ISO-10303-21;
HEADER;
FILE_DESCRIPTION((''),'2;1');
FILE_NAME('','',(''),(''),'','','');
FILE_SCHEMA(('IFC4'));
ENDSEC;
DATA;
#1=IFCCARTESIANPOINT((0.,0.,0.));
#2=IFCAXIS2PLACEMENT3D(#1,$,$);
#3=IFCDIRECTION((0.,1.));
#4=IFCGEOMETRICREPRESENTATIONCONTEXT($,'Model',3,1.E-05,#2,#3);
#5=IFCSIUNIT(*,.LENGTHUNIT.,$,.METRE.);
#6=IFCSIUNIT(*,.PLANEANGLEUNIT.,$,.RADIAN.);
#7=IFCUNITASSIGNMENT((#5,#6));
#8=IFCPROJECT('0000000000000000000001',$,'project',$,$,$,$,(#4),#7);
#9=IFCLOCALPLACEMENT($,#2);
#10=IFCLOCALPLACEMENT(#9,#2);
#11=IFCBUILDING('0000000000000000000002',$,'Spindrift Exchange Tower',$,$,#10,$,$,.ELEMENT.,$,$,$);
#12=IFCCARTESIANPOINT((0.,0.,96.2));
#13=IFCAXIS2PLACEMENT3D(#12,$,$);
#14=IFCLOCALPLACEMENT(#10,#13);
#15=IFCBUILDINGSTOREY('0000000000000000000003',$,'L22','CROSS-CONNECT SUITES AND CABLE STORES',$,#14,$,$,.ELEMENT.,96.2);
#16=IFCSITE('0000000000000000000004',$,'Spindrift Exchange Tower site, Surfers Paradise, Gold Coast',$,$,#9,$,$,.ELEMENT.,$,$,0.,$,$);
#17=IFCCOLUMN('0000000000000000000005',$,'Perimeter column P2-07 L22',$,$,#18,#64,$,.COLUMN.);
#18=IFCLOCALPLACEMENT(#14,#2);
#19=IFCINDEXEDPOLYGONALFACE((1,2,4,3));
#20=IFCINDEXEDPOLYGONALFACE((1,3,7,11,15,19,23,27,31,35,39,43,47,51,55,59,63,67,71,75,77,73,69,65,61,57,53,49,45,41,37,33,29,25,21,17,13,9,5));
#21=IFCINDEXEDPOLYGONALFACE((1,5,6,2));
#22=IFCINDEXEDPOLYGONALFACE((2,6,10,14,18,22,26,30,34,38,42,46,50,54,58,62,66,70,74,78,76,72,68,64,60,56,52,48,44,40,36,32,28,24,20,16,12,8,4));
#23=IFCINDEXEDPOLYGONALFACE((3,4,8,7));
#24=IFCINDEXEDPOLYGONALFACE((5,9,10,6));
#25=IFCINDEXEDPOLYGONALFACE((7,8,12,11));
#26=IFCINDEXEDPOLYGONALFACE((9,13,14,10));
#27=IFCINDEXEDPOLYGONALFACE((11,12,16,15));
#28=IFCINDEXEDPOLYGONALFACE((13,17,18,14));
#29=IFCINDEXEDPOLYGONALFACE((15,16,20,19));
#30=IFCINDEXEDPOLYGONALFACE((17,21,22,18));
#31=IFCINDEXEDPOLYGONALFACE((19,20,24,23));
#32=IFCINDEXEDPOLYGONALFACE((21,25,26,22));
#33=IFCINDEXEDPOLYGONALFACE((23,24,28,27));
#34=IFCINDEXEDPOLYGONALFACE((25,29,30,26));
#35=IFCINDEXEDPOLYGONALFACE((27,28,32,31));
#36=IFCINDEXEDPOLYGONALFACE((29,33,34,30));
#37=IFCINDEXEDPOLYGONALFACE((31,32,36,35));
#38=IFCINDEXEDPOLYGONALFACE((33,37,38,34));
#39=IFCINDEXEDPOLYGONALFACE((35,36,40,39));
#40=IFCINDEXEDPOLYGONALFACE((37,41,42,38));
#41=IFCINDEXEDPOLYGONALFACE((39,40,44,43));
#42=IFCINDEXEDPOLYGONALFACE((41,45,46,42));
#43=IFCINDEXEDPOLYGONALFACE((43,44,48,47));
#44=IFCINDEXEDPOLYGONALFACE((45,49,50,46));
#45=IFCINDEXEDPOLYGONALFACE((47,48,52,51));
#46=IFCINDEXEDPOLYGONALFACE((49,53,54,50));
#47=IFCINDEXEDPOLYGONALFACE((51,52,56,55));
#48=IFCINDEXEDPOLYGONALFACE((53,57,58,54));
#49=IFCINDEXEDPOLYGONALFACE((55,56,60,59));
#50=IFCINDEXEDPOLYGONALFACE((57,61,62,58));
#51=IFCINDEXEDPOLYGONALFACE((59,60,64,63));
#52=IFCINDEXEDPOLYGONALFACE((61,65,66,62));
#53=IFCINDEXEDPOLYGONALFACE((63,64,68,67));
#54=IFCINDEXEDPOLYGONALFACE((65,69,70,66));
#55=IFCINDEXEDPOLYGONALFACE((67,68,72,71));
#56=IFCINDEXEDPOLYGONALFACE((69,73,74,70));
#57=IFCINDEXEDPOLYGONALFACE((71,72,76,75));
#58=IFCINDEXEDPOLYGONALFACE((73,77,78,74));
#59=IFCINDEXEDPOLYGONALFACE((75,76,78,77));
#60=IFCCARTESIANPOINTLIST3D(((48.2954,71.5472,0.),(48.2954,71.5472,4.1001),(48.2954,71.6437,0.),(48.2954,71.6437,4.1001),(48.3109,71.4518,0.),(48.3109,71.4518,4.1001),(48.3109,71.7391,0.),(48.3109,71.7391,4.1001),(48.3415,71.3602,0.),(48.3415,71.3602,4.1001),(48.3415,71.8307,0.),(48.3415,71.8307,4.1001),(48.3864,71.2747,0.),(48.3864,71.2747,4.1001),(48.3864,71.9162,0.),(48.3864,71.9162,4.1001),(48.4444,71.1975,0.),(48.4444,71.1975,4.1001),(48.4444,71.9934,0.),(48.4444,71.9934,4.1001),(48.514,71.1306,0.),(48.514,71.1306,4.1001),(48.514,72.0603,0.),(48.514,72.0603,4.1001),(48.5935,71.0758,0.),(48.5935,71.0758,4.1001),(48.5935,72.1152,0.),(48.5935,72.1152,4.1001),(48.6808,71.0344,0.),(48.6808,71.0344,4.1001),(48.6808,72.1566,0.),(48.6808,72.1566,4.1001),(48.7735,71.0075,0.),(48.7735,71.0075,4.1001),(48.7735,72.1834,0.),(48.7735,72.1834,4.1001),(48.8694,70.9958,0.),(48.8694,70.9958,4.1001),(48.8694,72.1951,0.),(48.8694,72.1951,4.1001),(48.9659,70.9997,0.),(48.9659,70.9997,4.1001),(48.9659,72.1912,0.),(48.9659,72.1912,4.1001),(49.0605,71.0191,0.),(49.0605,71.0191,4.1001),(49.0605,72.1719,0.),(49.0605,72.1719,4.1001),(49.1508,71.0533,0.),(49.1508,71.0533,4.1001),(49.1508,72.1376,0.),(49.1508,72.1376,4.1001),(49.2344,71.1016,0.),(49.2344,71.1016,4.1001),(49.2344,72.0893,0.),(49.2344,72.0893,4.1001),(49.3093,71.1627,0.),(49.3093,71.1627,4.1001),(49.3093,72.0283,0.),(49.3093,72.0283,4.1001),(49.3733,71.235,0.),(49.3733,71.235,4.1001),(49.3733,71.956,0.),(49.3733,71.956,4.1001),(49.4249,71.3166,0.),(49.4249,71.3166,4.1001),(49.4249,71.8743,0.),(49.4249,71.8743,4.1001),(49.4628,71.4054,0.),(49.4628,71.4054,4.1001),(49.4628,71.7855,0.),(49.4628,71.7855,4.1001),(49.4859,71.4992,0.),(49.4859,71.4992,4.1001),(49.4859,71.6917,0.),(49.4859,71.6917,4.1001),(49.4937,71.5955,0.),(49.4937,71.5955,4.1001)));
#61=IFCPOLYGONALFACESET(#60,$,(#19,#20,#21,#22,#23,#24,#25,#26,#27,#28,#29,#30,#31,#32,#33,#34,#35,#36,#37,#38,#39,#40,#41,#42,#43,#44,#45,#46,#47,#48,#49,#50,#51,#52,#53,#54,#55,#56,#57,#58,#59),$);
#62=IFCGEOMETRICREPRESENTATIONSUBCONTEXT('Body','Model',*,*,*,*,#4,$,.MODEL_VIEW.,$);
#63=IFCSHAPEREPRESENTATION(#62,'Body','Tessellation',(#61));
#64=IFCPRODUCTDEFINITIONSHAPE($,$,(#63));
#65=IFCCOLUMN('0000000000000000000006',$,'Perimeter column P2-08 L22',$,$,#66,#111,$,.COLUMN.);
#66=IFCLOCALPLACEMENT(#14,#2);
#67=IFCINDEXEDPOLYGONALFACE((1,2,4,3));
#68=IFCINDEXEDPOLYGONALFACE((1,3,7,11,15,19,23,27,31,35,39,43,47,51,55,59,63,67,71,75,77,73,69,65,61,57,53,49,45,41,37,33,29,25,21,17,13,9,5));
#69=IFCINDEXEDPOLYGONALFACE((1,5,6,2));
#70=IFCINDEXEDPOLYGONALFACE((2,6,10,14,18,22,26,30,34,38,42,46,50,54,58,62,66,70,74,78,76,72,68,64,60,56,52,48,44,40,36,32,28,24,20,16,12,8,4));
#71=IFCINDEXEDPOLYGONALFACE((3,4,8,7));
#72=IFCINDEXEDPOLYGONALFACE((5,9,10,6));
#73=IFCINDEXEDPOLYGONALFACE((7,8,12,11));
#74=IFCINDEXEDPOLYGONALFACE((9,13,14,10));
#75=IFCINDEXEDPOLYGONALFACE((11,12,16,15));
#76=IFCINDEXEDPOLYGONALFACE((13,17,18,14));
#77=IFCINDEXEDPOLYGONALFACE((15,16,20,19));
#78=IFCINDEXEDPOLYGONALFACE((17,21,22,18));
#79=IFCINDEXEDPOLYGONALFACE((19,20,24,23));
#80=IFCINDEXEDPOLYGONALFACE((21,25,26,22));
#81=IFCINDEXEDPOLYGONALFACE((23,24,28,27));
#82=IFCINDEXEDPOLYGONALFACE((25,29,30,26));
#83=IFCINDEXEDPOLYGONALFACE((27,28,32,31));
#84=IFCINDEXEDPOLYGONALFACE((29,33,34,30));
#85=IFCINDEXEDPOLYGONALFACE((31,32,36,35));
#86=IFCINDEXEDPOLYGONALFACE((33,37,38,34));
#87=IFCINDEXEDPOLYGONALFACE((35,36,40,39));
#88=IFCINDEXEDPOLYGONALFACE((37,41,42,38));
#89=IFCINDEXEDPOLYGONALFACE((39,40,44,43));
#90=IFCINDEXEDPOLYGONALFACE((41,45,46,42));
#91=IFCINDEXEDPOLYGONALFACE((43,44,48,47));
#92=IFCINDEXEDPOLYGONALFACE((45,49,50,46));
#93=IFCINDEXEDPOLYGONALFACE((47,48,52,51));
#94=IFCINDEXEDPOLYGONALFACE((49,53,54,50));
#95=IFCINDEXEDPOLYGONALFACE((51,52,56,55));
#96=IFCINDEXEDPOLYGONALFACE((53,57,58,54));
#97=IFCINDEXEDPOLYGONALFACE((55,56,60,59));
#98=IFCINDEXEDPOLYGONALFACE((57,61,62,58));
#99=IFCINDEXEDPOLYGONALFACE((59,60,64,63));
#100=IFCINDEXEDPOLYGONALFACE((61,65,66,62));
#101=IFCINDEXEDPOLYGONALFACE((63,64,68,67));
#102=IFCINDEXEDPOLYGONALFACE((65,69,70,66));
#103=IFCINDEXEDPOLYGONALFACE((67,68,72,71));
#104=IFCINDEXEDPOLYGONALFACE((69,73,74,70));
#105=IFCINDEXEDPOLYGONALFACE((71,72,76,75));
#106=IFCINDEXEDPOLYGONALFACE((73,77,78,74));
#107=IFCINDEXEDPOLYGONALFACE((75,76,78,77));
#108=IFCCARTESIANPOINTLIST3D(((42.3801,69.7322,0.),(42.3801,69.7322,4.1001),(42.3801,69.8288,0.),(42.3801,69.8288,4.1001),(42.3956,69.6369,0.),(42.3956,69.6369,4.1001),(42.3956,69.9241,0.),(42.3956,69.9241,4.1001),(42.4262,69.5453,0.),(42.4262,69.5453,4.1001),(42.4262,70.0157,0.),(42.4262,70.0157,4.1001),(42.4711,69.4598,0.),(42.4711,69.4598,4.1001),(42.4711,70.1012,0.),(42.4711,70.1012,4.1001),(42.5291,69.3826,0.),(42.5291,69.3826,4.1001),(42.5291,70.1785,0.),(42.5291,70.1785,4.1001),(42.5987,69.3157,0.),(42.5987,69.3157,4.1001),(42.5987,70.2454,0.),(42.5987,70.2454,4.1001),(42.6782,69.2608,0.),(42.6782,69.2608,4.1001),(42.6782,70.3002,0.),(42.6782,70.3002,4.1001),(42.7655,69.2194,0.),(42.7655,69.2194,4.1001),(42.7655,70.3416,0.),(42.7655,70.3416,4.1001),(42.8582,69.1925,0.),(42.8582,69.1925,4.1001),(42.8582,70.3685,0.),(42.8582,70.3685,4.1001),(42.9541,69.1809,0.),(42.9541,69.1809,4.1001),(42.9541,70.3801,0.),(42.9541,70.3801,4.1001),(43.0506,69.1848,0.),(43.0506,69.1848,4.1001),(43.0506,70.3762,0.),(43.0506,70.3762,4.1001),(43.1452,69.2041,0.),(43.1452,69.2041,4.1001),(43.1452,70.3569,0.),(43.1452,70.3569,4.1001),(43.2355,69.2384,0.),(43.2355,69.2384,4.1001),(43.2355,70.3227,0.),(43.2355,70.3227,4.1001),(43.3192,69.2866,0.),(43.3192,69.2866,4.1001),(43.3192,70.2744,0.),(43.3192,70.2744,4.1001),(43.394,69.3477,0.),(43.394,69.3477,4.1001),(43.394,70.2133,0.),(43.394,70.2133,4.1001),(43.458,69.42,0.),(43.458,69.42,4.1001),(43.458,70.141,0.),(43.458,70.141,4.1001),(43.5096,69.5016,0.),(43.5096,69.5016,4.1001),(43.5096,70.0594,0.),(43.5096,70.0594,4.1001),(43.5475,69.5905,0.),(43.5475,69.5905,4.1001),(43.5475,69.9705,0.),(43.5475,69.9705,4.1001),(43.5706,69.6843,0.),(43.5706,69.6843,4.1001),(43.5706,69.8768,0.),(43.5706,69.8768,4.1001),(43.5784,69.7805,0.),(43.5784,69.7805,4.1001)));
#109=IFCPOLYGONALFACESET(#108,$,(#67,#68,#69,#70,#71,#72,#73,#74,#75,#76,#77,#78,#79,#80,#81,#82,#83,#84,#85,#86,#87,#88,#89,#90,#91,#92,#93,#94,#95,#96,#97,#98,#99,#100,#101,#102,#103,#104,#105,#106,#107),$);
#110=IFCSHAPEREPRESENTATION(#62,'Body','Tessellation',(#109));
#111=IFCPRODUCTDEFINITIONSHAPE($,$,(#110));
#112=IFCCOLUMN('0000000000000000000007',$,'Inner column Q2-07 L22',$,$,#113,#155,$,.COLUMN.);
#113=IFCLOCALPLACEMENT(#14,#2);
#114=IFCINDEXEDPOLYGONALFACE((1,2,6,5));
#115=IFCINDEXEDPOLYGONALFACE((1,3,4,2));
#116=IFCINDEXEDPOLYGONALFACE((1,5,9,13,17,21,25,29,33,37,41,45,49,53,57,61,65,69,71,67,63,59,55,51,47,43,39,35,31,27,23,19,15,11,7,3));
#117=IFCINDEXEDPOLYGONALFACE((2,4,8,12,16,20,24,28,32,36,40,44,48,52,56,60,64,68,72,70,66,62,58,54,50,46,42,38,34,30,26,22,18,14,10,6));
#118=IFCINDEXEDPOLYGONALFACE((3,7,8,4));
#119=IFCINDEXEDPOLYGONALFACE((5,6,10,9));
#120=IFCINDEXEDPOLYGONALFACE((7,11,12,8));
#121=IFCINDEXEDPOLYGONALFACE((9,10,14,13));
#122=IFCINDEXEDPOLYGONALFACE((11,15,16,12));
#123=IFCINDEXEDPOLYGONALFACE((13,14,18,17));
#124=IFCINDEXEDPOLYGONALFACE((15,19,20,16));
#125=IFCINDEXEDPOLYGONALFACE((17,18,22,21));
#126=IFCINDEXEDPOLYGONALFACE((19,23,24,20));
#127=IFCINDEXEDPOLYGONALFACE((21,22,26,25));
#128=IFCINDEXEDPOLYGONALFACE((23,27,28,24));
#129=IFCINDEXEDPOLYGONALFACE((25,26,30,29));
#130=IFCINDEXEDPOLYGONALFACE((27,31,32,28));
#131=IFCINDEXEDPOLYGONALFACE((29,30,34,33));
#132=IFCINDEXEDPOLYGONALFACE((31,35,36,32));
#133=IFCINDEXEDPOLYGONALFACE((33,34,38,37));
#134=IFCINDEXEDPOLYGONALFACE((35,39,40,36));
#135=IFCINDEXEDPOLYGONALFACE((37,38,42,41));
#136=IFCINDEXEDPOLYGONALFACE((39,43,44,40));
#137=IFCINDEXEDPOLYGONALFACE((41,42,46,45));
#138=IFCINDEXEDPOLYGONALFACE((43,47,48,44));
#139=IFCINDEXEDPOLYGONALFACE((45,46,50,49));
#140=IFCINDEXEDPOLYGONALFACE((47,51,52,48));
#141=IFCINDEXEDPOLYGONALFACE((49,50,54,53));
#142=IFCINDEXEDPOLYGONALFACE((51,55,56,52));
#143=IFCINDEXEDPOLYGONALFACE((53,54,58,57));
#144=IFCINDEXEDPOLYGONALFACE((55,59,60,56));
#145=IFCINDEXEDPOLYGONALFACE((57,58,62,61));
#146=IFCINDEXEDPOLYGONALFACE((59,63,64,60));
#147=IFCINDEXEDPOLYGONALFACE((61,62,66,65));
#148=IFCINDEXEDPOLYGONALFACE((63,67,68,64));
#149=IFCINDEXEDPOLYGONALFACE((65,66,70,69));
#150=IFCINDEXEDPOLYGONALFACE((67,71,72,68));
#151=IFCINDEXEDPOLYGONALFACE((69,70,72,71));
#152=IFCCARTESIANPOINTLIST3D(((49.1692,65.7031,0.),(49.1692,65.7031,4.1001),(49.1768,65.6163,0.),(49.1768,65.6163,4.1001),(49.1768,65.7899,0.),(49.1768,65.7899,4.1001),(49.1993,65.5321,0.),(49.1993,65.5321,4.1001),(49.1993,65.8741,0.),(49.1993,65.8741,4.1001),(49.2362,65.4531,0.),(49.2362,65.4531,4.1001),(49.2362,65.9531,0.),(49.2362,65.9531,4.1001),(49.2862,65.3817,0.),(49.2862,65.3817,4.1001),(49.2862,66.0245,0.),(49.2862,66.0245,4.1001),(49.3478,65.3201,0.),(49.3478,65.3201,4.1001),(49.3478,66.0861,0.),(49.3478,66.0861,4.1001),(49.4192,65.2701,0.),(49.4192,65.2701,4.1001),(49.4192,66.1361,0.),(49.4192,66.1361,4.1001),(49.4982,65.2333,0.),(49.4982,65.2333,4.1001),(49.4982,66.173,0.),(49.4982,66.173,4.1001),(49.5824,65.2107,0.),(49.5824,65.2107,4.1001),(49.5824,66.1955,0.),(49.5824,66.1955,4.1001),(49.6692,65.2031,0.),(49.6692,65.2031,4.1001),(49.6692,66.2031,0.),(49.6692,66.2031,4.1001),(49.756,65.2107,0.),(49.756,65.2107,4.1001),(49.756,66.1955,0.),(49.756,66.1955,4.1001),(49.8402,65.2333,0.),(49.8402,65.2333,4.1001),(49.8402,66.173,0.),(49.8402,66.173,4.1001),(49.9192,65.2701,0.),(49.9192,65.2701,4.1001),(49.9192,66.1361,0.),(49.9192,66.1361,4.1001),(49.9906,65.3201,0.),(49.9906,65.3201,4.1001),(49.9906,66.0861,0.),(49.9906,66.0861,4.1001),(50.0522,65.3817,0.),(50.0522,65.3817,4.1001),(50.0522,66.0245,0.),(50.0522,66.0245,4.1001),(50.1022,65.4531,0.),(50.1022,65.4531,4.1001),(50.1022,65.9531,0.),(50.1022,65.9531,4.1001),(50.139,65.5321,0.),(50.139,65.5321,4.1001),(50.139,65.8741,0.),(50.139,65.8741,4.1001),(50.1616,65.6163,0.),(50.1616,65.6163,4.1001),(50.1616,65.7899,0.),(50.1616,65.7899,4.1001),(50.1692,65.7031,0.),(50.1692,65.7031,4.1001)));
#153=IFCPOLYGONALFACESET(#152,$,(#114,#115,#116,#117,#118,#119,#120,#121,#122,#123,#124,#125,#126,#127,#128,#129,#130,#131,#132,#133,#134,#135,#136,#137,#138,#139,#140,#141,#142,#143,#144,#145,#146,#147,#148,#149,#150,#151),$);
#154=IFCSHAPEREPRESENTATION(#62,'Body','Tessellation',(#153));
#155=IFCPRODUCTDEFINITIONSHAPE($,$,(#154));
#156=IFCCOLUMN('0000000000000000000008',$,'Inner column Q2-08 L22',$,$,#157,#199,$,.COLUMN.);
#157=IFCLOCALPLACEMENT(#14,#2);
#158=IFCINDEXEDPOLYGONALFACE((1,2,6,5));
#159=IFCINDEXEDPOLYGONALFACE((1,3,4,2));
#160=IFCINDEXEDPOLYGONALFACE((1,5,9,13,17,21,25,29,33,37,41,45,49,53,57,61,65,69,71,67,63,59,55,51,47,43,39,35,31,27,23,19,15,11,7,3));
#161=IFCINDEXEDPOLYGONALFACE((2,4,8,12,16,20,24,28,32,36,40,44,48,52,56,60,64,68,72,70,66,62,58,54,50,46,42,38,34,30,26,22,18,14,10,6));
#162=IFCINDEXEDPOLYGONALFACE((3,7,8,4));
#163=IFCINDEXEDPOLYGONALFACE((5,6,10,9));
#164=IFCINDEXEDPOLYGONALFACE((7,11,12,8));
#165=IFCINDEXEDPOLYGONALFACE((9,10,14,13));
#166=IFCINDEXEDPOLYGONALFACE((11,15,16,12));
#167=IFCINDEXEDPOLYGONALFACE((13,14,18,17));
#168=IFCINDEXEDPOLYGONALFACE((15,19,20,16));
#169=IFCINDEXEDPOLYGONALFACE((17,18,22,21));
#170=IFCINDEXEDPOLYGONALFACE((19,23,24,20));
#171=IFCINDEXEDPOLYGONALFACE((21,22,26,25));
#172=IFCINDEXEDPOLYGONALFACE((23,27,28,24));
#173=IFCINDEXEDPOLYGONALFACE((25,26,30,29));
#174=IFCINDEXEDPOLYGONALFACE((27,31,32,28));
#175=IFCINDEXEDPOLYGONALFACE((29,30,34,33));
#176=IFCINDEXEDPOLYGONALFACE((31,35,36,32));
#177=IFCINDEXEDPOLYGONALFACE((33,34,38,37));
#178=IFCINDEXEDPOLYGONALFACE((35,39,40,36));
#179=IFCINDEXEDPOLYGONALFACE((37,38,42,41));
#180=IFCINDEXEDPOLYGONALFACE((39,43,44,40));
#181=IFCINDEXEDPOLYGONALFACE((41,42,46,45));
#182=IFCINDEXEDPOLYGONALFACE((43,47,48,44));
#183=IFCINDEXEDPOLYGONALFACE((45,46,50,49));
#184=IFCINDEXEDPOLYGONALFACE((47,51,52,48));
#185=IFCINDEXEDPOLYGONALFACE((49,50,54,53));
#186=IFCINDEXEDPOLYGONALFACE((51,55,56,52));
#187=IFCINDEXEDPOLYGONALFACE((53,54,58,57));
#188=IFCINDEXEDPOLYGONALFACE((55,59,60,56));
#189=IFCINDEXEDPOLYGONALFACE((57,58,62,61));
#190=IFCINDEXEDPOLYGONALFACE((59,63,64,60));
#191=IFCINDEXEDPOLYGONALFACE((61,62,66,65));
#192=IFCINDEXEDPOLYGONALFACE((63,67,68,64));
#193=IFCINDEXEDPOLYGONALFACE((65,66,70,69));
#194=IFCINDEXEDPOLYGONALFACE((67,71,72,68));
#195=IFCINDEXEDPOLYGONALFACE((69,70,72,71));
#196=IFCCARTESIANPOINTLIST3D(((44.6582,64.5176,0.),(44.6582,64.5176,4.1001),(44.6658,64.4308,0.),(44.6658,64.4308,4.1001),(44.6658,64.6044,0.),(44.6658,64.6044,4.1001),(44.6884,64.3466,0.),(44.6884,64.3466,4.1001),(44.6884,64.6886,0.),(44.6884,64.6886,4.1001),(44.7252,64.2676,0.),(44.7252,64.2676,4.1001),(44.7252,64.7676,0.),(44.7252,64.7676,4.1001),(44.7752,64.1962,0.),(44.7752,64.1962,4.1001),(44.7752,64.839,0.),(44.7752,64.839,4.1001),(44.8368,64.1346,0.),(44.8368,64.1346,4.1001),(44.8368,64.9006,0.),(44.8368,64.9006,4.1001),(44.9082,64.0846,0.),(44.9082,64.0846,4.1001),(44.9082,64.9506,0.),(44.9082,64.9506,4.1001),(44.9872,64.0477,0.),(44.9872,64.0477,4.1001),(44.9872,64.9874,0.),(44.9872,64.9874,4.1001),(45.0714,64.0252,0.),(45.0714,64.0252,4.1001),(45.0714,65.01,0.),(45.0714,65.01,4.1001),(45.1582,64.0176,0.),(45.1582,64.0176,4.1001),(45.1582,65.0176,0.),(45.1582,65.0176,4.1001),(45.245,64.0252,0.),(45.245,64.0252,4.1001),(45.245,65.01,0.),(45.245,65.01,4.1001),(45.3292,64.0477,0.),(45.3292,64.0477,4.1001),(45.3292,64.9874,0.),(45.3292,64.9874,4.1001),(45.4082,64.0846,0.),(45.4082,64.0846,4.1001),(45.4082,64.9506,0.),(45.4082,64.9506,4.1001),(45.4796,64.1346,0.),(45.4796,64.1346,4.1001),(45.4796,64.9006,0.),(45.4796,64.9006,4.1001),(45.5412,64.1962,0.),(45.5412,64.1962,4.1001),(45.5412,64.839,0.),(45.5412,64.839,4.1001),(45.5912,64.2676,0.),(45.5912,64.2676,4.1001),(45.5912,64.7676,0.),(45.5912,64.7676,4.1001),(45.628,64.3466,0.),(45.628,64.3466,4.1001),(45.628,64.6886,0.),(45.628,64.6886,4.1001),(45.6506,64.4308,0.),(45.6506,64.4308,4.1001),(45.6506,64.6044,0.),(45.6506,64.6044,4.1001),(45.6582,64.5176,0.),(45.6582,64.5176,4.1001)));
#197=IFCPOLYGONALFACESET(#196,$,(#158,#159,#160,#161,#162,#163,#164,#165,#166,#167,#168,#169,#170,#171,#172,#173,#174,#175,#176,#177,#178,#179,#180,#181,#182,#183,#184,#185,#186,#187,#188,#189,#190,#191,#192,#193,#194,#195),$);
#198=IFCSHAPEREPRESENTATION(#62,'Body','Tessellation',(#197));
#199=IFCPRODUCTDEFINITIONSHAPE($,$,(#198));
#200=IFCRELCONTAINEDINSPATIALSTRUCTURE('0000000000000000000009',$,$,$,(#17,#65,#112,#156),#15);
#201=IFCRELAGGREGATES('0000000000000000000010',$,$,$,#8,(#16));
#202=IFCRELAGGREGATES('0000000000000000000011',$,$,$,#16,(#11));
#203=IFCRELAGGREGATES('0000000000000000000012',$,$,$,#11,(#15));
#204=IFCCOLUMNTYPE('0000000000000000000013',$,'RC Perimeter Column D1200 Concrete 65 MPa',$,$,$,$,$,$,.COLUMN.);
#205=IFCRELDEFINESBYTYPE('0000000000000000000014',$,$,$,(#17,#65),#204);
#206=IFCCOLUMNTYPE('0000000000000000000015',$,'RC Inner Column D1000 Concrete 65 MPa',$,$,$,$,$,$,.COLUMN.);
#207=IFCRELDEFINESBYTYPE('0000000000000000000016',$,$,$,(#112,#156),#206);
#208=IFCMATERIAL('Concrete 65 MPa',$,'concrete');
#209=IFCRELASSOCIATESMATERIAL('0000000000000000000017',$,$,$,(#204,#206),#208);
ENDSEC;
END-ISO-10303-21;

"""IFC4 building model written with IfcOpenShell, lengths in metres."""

from ifc_helpers import new_model, si_unit, direction, frame, origin, origin_2d, place, context, subcontext, project, spatial, circle, extrude, source, transform, mapped, material, material_profile, profile_set, type_object, element, save


model = new_model("IFC4")

# Units and contexts
model_context = context("Model", 3, precision=1e-05, world=origin(), true_north=direction((0.0, 1.0)))
body_context = subcontext(model_context, "Body", "Model", "MODEL_VIEW")
ifc_project = project(units=[si_unit("LENGTHUNIT", "METRE"), si_unit("PLANEANGLEUNIT", "RADIAN")], contexts=[model_context])

# Site, building, storey
site_placement = place(None, origin())
site = spatial("IfcSite", under=ifc_project, at=site_placement, Name="Spindrift Exchange Tower site, Surfers Paradise, Gold Coast", CompositionType="ELEMENT", RefElevation=0.0)
building_placement = place(site_placement, origin())
building = spatial("IfcBuilding", under=site, at=building_placement, Name="Spindrift Exchange Tower", CompositionType="ELEMENT")
storey_placement = place(building_placement, frame((0.0, 0.0, 96.2)))
storey = spatial("IfcBuildingStorey", under=building, at=storey_placement, Name="L22", Description="CROSS-CONNECT SUITES AND CABLE STORES", CompositionType="ELEMENT", Elevation=96.2)

# Columns
ifc_material_1 = material(Name="Concrete 65 MPa", Category="concrete")
ifc_material_profile_1 = material_profile(ifc_material_1, circle(Radius=0.6001, at=origin_2d()), Name="RC D1200")
ifc_profile_set_1 = profile_set([ifc_material_profile_1], Name="Concrete 65 MPa")
column_type_1 = type_object("IfcColumnType", Name="RC Perimeter Column D1200 Concrete 65 MPa", PredefinedType="COLUMN", material=ifc_profile_set_1)
shared_shape_1 = source(origin(), body_context, "Body", "SweptSolid", [
    extrude(circle(Radius=0.6001, at=origin_2d()), origin(), (0.0, 0.0, 1.0), 4.1001),
])
for number, where, z_axis, x_axis, name in (
    (1, (48.8936, 71.5955, 0.0), (0.0, 0.0, 1.0), (1.0, 0.0, 0.0), "Perimeter column P2-07 L22"),
    (2, (42.9783, 69.7805, 0.0), (0.0, 0.0, 1.0), (1.0, 0.0, 0.0), "Perimeter column P2-08 L22"),
):
    element("IfcColumn", number, at=place(storey_placement, frame(where, z_axis=z_axis, x_axis=x_axis)), inside=storey, type_object=column_type_1, Name=name, PredefinedType="COLUMN", context=body_context, shape_type="MappedRepresentation", body=[
        mapped(shared_shape_1, transform((0.0, 0.0, 0.0), scale=1.0)),
    ])
ifc_material_profile_2 = material_profile(ifc_material_1, circle(Radius=0.5, at=origin_2d()), Name="RC D1000")
ifc_profile_set_2 = profile_set([ifc_material_profile_2], Name="Concrete 65 MPa")
column_type_2 = type_object("IfcColumnType", Name="RC Inner Column D1000 Concrete 65 MPa", PredefinedType="COLUMN", material=ifc_profile_set_2)
shared_shape_2 = source(origin(), body_context, "Body", "SweptSolid", [
    extrude(circle(Radius=0.5, at=origin_2d()), origin(), (0.0, 0.0, 1.0), 4.1001),
])
for number, where, z_axis, x_axis, name in (
    (3, (49.6692, 65.7031, 0.0), (0.0, 0.0, 1.0), (1.0, 0.0, 0.0), "Inner column Q2-07 L22"),
    (4, (45.1582, 64.5176, 0.0), (0.0, 0.0, 1.0), (1.0, 0.0, 0.0), "Inner column Q2-08 L22"),
):
    element("IfcColumn", number, at=place(storey_placement, frame(where, z_axis=z_axis, x_axis=x_axis)), inside=storey, type_object=column_type_2, Name=name, PredefinedType="COLUMN", context=body_context, shape_type="MappedRepresentation", body=[
        mapped(shared_shape_2, transform((0.0, 0.0, 0.0), scale=1.0)),
    ])

save(model, "model.ifc")
